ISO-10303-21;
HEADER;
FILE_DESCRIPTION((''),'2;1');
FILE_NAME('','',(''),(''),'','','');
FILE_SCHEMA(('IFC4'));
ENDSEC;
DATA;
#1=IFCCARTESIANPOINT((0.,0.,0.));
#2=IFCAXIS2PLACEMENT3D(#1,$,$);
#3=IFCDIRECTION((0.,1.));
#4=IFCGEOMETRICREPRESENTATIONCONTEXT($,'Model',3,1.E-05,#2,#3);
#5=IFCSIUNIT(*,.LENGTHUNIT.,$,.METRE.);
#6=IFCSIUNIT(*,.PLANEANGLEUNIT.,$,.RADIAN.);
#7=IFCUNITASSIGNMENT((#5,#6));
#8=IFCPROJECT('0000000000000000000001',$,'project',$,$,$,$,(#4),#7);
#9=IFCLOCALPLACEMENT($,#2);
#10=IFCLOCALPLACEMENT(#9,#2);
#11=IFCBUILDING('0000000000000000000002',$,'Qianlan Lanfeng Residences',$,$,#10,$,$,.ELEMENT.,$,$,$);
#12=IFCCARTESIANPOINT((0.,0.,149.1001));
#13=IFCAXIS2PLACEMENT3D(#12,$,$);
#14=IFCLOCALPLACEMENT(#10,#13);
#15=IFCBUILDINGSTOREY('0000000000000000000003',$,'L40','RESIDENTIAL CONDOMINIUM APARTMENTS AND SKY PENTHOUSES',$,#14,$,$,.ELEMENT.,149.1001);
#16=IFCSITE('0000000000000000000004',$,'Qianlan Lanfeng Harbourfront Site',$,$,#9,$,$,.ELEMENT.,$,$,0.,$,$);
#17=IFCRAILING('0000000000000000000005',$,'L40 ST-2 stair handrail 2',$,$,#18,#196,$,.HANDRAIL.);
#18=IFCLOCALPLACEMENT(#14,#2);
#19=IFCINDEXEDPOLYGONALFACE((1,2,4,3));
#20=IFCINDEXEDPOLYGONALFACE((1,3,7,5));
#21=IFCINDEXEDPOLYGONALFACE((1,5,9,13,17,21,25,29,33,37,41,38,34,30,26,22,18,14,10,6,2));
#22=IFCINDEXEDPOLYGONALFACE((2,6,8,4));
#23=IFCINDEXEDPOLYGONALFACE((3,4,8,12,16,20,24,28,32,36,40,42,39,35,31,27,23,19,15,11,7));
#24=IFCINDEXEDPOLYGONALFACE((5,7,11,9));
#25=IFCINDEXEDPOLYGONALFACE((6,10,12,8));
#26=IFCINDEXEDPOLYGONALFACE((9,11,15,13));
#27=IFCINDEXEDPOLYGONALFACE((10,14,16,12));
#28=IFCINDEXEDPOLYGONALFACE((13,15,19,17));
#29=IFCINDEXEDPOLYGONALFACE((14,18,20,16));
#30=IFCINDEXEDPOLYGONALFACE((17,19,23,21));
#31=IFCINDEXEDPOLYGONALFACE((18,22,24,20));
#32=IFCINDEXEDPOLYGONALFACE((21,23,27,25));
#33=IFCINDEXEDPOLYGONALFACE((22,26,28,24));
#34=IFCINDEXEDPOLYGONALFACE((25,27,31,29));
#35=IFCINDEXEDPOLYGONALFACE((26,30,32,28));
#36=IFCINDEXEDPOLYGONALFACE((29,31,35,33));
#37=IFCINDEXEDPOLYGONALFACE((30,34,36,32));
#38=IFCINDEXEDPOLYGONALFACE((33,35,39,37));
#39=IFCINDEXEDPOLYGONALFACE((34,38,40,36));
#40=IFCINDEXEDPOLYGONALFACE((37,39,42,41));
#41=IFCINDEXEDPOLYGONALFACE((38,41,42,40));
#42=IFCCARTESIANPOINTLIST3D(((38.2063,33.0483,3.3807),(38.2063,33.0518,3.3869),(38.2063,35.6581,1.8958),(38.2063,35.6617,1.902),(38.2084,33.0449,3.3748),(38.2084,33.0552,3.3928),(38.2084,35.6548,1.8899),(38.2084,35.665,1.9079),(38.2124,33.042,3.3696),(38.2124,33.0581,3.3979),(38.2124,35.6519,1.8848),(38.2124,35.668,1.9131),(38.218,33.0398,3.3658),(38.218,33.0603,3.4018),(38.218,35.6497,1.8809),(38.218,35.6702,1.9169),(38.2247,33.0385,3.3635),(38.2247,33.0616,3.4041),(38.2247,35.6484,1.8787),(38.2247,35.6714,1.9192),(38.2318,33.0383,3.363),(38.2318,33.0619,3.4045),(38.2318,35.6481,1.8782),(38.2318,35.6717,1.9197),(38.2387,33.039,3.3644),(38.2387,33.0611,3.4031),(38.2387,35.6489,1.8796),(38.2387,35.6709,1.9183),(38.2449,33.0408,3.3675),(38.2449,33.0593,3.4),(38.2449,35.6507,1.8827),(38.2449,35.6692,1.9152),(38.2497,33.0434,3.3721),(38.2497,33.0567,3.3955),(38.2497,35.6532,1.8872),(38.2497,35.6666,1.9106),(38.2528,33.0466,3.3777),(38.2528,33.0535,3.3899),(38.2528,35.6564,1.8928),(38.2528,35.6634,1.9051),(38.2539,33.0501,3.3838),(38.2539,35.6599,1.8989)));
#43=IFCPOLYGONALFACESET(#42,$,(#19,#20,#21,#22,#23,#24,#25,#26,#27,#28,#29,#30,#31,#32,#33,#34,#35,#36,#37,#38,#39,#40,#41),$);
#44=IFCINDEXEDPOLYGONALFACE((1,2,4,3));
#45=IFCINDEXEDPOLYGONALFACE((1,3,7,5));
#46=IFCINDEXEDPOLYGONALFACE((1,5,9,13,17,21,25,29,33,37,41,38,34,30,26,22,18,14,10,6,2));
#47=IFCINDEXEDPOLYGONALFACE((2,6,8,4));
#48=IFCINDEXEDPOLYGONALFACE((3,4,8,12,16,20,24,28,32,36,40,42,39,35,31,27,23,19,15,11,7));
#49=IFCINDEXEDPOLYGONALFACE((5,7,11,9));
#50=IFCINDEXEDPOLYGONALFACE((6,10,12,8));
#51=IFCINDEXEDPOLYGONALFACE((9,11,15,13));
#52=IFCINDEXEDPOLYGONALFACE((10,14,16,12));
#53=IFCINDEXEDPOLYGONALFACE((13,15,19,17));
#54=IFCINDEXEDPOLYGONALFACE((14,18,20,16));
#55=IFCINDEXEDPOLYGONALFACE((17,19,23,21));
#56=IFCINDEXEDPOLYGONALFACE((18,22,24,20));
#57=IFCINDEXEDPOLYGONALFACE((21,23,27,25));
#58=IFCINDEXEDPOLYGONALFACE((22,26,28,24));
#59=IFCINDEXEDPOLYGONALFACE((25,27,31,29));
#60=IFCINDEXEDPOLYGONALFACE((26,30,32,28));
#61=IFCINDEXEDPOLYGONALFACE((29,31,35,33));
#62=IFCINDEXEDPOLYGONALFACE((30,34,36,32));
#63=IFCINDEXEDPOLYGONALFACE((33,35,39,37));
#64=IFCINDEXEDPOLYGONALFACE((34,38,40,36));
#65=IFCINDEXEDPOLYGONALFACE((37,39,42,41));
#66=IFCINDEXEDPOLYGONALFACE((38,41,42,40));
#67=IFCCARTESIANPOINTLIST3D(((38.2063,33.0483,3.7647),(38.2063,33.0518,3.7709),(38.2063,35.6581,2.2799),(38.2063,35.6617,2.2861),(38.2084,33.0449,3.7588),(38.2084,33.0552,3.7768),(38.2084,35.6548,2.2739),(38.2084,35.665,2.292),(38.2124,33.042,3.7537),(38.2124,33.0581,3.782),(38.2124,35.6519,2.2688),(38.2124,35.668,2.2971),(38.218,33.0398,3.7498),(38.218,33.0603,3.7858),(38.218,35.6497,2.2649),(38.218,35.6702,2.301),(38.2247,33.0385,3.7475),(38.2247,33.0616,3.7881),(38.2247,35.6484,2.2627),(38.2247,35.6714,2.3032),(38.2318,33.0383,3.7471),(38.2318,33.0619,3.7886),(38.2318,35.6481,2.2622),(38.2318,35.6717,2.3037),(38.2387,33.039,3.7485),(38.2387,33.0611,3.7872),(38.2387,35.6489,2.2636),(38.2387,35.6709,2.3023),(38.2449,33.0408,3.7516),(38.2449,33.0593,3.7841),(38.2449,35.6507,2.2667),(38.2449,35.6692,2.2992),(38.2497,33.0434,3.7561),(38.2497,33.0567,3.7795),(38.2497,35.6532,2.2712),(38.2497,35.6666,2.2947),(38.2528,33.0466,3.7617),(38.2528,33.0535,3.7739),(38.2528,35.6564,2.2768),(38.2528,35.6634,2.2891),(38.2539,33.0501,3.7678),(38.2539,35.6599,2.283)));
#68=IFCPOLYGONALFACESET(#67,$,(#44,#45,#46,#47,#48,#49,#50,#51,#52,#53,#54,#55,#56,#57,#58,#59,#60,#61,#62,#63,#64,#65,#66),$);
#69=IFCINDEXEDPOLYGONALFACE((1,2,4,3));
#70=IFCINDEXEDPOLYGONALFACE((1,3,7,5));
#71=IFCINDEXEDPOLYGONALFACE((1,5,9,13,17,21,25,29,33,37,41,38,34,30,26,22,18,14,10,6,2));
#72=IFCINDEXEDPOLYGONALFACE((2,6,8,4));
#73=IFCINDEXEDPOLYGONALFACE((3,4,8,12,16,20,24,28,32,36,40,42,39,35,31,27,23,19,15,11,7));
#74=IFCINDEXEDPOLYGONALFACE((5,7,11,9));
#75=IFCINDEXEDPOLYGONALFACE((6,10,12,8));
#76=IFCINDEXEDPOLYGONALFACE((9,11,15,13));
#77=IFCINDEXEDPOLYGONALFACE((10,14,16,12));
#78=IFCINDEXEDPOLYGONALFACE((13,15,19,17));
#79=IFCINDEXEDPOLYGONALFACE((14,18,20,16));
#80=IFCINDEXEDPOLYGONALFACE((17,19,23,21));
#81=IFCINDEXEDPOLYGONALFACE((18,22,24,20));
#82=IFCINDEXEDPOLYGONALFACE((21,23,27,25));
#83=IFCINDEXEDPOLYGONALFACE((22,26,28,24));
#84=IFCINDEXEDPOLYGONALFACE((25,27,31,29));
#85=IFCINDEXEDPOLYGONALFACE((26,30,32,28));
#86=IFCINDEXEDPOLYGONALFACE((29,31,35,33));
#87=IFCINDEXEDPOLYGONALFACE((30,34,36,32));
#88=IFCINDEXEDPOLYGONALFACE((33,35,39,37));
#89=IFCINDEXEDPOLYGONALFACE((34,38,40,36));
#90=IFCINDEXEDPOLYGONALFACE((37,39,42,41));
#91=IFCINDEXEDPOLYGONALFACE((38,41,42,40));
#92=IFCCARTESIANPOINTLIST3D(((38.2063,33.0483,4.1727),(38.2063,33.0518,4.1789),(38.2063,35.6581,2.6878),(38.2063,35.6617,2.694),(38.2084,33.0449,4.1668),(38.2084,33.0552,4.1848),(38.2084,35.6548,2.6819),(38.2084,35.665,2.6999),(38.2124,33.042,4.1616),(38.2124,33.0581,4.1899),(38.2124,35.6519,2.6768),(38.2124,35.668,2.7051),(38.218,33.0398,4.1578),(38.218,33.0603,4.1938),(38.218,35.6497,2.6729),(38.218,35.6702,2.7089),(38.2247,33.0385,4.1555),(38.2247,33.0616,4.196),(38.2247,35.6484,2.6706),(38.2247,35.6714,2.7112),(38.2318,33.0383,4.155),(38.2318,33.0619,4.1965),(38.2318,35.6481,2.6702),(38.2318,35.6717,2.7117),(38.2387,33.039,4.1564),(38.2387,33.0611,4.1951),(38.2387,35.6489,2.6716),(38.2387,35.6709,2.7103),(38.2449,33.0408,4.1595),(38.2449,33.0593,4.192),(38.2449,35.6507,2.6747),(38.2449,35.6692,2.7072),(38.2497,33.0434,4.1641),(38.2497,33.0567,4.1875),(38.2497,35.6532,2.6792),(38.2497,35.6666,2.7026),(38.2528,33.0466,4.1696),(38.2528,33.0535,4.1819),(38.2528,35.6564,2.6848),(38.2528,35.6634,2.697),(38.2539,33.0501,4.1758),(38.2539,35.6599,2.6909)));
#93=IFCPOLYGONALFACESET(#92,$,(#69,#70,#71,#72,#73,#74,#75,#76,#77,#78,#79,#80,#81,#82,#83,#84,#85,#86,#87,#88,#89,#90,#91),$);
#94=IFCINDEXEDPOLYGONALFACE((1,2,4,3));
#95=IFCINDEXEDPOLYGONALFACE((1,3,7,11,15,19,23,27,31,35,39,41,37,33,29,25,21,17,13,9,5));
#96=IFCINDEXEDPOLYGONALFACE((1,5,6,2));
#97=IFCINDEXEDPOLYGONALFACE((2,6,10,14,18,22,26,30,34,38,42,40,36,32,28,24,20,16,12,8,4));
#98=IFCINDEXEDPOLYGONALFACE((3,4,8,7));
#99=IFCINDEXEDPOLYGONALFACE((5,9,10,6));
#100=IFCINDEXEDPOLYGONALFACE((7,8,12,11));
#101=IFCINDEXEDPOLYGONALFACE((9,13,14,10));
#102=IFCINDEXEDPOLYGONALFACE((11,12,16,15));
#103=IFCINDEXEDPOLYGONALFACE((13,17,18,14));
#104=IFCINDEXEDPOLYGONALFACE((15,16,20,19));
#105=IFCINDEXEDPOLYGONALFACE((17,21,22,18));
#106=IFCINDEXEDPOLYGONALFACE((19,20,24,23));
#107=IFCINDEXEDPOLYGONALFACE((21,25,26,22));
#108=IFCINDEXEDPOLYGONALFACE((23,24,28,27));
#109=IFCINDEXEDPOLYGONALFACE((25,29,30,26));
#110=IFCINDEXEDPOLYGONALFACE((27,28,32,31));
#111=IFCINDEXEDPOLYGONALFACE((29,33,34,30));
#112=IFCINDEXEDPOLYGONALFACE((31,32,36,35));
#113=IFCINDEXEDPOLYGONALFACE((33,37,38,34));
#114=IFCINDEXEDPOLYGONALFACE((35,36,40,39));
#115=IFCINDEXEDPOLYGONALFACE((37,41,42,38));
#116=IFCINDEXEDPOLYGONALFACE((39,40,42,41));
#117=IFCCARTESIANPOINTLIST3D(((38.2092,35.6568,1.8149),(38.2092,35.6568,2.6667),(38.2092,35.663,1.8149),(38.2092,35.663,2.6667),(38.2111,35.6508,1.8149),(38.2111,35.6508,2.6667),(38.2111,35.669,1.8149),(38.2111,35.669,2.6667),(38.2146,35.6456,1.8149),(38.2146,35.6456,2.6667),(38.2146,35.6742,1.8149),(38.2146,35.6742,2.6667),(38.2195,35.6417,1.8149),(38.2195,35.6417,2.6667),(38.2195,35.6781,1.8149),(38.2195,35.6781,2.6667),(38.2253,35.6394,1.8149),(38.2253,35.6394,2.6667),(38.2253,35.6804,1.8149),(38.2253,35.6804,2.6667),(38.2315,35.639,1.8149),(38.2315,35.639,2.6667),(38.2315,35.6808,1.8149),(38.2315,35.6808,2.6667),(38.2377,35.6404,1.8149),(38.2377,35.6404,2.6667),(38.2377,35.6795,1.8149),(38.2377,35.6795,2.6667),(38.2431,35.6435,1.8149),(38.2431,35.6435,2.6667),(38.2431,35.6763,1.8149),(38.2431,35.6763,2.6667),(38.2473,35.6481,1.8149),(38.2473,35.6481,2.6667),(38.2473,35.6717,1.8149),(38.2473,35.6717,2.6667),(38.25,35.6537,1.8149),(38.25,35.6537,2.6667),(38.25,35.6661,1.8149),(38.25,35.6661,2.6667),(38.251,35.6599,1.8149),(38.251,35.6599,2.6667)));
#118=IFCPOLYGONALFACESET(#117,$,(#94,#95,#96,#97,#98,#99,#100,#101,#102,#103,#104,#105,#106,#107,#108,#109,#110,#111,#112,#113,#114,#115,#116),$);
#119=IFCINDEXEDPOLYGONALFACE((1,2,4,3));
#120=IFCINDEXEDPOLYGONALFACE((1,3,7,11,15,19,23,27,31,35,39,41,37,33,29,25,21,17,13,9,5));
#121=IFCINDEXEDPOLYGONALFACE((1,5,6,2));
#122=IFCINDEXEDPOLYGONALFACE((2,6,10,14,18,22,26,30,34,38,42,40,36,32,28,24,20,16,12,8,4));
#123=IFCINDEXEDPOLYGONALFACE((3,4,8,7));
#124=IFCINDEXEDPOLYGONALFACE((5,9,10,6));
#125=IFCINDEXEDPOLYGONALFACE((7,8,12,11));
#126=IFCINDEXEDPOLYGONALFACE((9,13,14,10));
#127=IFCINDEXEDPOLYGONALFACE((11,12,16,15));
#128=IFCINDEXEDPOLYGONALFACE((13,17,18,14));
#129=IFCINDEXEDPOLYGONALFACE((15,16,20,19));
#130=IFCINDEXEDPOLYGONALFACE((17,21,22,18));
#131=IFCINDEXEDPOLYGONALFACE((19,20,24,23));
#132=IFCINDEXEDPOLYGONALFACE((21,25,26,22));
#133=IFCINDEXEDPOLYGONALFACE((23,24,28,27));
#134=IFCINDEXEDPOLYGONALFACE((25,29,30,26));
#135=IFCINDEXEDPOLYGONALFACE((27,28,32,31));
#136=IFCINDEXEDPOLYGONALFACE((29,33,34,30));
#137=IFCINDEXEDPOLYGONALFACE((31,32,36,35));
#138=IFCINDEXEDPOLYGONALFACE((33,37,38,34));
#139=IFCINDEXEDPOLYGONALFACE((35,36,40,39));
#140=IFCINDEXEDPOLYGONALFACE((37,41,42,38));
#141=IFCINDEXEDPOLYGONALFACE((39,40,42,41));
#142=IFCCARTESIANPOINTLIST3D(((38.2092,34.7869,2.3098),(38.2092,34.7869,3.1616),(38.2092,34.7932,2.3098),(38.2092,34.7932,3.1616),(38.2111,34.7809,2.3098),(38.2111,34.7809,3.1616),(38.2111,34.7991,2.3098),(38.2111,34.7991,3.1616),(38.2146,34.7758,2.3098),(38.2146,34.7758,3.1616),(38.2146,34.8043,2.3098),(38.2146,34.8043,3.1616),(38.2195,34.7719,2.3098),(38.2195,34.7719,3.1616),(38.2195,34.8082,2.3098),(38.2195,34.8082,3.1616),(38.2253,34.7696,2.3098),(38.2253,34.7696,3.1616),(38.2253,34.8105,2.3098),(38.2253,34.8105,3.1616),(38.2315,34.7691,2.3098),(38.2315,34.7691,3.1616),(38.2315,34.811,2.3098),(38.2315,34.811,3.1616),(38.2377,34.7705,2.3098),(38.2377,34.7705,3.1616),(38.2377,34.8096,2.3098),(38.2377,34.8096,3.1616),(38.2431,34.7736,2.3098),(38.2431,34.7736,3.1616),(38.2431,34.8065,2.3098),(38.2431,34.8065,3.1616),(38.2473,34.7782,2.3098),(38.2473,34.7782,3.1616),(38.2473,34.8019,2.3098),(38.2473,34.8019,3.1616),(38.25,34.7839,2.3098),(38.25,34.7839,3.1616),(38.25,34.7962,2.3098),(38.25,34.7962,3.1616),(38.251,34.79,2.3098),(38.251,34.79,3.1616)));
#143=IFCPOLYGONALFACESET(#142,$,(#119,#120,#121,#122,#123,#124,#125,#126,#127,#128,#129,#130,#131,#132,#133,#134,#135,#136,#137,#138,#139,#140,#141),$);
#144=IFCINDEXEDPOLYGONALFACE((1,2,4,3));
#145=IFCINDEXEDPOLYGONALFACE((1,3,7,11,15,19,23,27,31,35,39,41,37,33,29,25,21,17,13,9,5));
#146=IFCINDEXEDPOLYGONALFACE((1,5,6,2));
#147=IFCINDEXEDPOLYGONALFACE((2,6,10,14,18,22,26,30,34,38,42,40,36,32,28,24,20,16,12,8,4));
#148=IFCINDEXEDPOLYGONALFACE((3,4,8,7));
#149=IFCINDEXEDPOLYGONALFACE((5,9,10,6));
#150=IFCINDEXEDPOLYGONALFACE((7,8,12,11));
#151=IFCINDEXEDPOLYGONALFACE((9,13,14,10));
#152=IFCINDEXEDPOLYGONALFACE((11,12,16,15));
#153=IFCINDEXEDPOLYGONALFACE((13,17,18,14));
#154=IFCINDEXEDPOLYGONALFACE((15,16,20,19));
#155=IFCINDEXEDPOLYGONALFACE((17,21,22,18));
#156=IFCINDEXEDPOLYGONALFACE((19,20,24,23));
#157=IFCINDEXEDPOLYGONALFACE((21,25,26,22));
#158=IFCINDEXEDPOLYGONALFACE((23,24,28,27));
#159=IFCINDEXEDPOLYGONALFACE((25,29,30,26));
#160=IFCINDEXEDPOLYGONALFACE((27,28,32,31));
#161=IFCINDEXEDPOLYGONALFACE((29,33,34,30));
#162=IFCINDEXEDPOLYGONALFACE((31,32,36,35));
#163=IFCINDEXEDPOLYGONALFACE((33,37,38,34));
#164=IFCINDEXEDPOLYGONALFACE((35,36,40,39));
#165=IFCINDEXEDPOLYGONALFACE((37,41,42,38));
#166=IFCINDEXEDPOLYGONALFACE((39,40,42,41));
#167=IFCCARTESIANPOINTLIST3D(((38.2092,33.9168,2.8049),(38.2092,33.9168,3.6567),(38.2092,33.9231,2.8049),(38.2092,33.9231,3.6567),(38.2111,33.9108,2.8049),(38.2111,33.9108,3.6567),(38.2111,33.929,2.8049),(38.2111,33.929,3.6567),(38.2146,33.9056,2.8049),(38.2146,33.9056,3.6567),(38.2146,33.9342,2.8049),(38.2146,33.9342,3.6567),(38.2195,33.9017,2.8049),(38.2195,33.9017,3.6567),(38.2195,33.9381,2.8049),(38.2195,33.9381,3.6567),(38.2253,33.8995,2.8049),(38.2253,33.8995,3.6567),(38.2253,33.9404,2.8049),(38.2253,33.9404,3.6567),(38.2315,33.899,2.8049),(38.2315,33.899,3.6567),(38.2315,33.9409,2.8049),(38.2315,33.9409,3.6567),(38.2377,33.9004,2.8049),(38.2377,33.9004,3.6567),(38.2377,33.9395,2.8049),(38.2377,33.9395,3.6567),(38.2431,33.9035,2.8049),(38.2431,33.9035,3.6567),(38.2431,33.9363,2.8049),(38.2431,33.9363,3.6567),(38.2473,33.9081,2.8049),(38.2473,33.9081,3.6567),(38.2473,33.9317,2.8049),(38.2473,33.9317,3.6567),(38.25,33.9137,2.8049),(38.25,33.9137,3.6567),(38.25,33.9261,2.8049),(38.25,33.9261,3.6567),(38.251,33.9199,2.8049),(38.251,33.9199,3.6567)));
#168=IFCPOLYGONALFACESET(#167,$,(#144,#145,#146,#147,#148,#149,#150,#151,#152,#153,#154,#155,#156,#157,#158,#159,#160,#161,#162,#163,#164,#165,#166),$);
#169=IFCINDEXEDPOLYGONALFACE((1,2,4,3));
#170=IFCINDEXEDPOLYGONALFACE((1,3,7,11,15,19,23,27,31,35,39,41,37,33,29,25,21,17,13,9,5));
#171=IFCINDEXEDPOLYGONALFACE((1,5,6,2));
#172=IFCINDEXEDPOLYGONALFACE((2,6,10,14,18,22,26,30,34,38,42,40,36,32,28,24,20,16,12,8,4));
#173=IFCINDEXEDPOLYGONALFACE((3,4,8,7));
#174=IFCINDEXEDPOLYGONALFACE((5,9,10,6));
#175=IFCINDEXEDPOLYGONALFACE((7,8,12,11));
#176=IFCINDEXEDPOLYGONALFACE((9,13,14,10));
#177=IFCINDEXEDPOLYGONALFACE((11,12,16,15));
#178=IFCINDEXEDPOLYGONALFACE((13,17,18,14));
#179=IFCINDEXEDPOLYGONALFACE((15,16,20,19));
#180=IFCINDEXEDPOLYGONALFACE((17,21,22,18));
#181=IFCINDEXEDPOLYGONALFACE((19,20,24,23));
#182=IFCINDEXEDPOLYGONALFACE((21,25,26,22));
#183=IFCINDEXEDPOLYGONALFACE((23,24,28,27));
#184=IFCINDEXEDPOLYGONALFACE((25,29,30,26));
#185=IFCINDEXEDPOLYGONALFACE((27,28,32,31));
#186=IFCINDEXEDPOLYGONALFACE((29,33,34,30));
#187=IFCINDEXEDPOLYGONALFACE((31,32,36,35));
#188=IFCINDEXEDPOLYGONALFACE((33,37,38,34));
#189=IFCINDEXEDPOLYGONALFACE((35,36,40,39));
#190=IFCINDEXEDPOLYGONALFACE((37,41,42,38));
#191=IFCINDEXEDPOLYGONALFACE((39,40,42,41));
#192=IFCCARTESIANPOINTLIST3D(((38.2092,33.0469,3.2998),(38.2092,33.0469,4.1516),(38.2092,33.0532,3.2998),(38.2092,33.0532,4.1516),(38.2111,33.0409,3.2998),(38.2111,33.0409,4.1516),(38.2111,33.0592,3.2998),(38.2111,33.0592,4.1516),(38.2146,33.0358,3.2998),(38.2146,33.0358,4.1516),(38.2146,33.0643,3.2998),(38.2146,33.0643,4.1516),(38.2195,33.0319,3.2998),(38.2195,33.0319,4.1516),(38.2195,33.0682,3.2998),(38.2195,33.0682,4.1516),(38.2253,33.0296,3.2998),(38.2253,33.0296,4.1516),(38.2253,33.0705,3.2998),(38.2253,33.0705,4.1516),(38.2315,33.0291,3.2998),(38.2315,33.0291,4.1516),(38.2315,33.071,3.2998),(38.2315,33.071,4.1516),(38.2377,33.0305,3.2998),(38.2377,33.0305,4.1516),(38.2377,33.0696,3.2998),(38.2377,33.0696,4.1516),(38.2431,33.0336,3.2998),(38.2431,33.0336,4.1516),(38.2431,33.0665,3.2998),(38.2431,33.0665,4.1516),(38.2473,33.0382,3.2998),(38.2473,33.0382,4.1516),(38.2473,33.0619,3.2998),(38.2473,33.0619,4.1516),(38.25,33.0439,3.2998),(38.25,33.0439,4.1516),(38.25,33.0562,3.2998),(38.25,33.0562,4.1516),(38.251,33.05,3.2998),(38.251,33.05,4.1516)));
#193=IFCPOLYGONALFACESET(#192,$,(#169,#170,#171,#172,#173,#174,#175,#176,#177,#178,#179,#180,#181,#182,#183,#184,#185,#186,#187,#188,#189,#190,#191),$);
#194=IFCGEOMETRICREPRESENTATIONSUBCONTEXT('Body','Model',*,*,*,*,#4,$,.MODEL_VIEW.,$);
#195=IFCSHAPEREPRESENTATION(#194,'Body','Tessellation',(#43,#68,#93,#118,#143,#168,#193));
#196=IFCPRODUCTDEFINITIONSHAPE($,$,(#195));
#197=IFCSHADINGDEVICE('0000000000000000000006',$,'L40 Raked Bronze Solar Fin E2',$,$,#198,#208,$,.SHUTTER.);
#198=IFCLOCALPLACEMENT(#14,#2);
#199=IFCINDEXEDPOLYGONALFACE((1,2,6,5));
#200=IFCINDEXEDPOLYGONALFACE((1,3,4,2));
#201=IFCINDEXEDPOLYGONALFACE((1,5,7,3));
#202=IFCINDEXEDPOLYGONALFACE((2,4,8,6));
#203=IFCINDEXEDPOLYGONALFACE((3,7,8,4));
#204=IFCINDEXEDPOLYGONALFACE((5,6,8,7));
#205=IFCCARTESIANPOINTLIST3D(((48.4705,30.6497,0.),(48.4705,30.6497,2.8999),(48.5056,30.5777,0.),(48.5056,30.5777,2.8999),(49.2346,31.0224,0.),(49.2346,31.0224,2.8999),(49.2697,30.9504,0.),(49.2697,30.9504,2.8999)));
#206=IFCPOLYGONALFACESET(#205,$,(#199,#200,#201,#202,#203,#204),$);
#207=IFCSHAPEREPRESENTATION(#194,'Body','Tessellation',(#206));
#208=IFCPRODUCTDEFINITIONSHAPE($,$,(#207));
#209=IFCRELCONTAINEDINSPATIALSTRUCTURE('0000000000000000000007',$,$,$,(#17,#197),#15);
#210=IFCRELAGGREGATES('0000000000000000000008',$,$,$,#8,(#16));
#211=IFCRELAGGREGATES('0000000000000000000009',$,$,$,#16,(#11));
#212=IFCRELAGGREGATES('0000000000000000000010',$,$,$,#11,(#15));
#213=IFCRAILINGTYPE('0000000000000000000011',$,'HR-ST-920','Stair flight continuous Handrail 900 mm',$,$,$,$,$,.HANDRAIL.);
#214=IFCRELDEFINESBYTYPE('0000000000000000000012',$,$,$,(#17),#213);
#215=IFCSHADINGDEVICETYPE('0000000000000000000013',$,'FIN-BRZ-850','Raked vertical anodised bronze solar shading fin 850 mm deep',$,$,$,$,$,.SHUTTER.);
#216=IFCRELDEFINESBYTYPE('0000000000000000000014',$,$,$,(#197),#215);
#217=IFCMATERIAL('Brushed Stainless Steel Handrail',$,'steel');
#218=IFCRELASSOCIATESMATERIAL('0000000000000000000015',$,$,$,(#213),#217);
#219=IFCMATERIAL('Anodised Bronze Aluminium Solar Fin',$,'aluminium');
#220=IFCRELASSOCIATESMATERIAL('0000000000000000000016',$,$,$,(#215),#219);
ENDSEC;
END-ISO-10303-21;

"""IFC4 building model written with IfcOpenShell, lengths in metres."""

from ifc_helpers import new_model, si_unit, direction, frame, origin, origin_2d, place, context, subcontext, project, spatial, rectangle, circle, extrude, source, transform, mapped, material, type_object, element, save


model = new_model("IFC4")

# Units and contexts
model_context = context("Model", 3, precision=1e-05, world=origin(), true_north=direction((0.0, 1.0)))
body_context = subcontext(model_context, "Body", "Model", "MODEL_VIEW")
ifc_project = project(units=[si_unit("LENGTHUNIT", "METRE"), si_unit("PLANEANGLEUNIT", "RADIAN")], contexts=[model_context])

# Site, building, storey
site_placement = place(None, origin())
site = spatial("IfcSite", under=ifc_project, at=site_placement, Name="Qianlan Lanfeng Harbourfront Site", CompositionType="ELEMENT", RefElevation=0.0)
building_placement = place(site_placement, origin())
building = spatial("IfcBuilding", under=site, at=building_placement, Name="Qianlan Lanfeng Residences", CompositionType="ELEMENT")
storey_placement = place(building_placement, frame((0.0, 0.0, 149.1001)))
storey = spatial("IfcBuildingStorey", under=building, at=storey_placement, Name="L40", Description="RESIDENTIAL CONDOMINIUM APARTMENTS AND SKY PENTHOUSES", CompositionType="ELEMENT", Elevation=149.1001)

# Railing
ifc_material_1 = material(Name="Brushed Stainless Steel Handrail", Category="steel")
railing_type_1 = type_object("IfcRailingType", Name="HR-ST-920", Description="Stair flight continuous Handrail 900 mm", PredefinedType="HANDRAIL", material=ifc_material_1)
railing_1_placement = place(storey_placement, frame((38.23, 35.6599, 1.8149)))
element("IfcRailing", 1, at=railing_1_placement, inside=storey, type_object=railing_type_1, Name="L40 ST-2 stair handrail 2", PredefinedType="HANDRAIL", context=body_context, shape_type="SweptSolid", body=[
    extrude(circle(Radius=0.0239, at=origin_2d()), frame((0.0, 0.0, 0.084), z_axis=(0.0, -0.869172, 0.494509), x_axis=(1.0, 0.0, 0.0)), (0.0, 0.0, 1.0), 3.0027),
    extrude(circle(Radius=0.0239, at=origin_2d()), frame((0.0, 0.0, 0.468), z_axis=(0.0, -0.869172, 0.494509), x_axis=(1.0, 0.0, 0.0)), (0.0, 0.0, 1.0), 3.0027),
    extrude(circle(Radius=0.0239, at=origin_2d()), frame((0.0, 0.0, 0.876), z_axis=(0.0, -0.869172, 0.494509), x_axis=(1.0, 0.0, 0.0)), (0.0, 0.0, 1.0), 3.0027),
    extrude(circle(Radius=0.021, at=origin_2d()), origin(), (0.0, 0.0, 1.0), 0.8518),
    extrude(circle(Radius=0.021, at=origin_2d()), frame((0.0, -0.8699, 0.4949)), (0.0, 0.0, 1.0), 0.8518),
    extrude(circle(Radius=0.021, at=origin_2d()), frame((0.0, -1.74, 0.99)), (0.0, 0.0, 1.0), 0.8518),
    extrude(circle(Radius=0.021, at=origin_2d()), frame((0.0, -2.6099, 1.4849)), (0.0, 0.0, 1.0), 0.8518),
])

# Shading device
ifc_material_2 = material(Name="Anodised Bronze Aluminium Solar Fin", Category="aluminium")
shading_device_type = type_object("IfcShadingDeviceType", Name="FIN-BRZ-850", Description="Raked vertical anodised bronze solar shading fin 850 mm deep", PredefinedType="SHUTTER", material=ifc_material_2)
shared_shape = source(origin(), body_context, "Body", "SweptSolid", [
    extrude(rectangle(XDim=0.8501, YDim=0.0801, at=origin_2d()), origin(), (0.0, 0.0, 1.0), 2.8999),
])
shading_device_placement = place(storey_placement, frame((48.8701, 30.8, 0.0), z_axis=(0.0, 0.0, 1.0), x_axis=(0.898794, 0.438371, 0.0)))
element("IfcShadingDevice", 2, at=shading_device_placement, inside=storey, type_object=shading_device_type, Name="L40 Raked Bronze Solar Fin E2", PredefinedType="SHUTTER", context=body_context, shape_type="MappedRepresentation", body=[
    mapped(shared_shape, transform((0.0, 0.0, 0.0), scale=1.0)),
])

save(model, "model.ifc")
